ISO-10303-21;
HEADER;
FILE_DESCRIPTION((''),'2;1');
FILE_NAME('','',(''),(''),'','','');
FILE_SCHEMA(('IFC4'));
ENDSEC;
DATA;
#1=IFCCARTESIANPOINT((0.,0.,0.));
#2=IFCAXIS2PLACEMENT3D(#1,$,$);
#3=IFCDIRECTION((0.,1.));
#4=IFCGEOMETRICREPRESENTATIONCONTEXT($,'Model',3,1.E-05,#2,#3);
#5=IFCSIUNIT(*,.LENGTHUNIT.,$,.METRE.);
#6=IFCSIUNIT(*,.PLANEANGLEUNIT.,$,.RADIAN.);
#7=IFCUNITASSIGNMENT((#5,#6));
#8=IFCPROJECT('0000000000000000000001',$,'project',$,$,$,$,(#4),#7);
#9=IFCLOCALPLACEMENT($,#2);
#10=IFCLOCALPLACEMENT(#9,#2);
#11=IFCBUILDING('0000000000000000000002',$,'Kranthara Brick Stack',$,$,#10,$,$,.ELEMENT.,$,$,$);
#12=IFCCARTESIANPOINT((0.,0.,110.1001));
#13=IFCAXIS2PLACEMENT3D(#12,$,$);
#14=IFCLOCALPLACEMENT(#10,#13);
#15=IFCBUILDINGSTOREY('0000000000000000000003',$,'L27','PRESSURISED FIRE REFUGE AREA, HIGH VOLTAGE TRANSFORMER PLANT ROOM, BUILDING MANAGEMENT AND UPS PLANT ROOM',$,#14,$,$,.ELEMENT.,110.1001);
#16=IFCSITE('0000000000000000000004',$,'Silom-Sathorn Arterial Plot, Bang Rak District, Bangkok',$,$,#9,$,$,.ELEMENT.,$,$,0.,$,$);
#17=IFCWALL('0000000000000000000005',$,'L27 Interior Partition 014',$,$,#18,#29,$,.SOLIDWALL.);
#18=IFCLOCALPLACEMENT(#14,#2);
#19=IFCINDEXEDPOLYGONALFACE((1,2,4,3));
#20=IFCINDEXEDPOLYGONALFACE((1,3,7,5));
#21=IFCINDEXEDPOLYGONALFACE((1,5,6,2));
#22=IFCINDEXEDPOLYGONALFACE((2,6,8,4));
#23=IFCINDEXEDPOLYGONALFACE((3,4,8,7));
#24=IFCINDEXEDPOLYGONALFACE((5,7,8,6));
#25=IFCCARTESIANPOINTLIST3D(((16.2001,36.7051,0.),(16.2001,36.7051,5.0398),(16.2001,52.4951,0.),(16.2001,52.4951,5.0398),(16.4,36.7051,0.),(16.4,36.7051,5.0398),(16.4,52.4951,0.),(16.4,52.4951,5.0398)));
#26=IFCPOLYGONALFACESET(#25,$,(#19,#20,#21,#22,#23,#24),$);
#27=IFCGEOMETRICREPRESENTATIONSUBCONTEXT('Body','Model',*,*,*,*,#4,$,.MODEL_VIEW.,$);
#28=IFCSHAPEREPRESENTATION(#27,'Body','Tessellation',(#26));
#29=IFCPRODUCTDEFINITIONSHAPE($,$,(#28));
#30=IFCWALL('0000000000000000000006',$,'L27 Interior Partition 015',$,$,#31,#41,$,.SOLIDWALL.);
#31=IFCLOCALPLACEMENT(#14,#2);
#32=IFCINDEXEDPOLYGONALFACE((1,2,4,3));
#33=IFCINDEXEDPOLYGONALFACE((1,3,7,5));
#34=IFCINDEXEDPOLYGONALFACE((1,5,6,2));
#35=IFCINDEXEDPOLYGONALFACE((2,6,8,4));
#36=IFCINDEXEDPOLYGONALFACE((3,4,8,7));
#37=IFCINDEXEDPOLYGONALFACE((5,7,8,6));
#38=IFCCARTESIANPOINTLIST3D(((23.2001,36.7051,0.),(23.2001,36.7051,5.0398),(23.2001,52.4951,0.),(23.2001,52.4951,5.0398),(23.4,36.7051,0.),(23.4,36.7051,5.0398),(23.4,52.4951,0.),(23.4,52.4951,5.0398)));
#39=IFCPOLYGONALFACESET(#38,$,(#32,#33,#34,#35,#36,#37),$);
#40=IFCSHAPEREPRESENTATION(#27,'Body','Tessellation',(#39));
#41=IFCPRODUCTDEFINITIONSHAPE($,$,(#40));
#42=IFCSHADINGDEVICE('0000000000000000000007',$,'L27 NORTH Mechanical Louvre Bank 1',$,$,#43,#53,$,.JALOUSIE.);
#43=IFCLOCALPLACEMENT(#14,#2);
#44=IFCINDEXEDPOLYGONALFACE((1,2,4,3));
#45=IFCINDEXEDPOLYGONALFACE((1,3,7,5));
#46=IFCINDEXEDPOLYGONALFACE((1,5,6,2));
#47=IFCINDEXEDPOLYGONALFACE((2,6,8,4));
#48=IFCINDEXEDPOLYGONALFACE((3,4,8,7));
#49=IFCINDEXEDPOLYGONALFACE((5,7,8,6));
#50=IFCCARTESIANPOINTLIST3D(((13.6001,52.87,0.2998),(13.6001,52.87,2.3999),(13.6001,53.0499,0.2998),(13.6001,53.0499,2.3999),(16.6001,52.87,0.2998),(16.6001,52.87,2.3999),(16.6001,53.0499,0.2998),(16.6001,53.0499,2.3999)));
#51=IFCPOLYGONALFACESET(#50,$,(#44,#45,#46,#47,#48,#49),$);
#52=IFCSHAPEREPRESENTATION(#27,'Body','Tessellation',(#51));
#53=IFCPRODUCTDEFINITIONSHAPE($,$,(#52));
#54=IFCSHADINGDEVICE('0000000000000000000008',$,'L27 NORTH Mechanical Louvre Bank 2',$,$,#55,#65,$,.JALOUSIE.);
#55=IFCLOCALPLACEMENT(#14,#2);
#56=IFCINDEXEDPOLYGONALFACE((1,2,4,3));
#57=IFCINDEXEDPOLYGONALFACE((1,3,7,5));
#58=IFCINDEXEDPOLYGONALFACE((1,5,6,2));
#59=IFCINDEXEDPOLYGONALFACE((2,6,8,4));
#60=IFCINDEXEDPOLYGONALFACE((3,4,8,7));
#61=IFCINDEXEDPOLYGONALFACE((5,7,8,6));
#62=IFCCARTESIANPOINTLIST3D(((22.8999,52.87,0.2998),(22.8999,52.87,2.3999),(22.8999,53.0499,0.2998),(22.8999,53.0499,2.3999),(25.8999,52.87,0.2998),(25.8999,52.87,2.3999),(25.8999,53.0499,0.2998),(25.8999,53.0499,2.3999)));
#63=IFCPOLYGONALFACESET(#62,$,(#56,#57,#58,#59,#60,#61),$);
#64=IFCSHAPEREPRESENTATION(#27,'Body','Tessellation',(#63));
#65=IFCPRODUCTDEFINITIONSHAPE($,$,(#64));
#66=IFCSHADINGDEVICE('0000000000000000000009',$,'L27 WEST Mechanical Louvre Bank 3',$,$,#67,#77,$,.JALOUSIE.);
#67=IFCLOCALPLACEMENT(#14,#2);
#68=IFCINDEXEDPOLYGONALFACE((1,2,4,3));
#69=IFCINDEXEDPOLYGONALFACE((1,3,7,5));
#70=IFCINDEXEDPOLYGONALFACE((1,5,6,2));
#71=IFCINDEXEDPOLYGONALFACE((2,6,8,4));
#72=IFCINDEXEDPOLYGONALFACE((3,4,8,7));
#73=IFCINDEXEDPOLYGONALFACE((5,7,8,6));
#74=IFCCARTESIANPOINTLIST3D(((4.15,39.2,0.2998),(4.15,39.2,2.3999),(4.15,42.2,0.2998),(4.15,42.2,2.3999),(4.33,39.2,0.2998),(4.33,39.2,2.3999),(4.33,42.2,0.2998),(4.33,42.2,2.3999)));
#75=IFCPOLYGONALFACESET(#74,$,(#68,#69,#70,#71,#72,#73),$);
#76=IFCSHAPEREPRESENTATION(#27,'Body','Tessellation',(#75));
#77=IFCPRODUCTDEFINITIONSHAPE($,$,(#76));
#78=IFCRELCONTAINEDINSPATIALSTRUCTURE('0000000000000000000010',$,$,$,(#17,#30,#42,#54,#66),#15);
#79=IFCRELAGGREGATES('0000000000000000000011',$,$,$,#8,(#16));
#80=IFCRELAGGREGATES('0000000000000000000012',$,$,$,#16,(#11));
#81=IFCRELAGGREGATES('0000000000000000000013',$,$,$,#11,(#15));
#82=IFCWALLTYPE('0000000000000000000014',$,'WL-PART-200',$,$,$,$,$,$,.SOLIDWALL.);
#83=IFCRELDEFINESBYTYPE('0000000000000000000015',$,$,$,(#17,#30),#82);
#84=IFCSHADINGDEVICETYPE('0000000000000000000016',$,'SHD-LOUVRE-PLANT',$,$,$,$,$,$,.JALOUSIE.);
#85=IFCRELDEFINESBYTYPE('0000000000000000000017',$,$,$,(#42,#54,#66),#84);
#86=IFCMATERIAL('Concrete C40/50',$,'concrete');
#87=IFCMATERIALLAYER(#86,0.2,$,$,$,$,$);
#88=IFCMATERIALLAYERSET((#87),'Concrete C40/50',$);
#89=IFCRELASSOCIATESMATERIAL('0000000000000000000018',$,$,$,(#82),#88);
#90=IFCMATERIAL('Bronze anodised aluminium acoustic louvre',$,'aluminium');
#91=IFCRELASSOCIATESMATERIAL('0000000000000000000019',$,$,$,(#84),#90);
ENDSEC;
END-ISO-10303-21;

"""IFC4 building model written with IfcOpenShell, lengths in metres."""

from ifc_helpers import new_model, si_unit, direction, frame, frame_2d, origin, origin_2d, place, context, subcontext, project, spatial, rectangle, extrude, material, layer, layer_set, type_object, element, save


model = new_model("IFC4")

# Units and contexts
model_context = context("Model", 3, precision=1e-05, world=origin(), true_north=direction((0.0, 1.0)))
body_context = subcontext(model_context, "Body", "Model", "MODEL_VIEW")
ifc_project = project(units=[si_unit("LENGTHUNIT", "METRE"), si_unit("PLANEANGLEUNIT", "RADIAN")], contexts=[model_context])

# Site, building, storey
site_placement = place(None, origin())
site = spatial("IfcSite", under=ifc_project, at=site_placement, Name="Silom-Sathorn Arterial Plot, Bang Rak District, Bangkok", CompositionType="ELEMENT", RefElevation=0.0)
building_placement = place(site_placement, origin())
building = spatial("IfcBuilding", under=site, at=building_placement, Name="Kranthara Brick Stack", CompositionType="ELEMENT")
storey_placement = place(building_placement, frame((0.0, 0.0, 110.1001)))
storey = spatial("IfcBuildingStorey", under=building, at=storey_placement, Name="L27", Description="PRESSURISED FIRE REFUGE AREA, HIGH VOLTAGE TRANSFORMER PLANT ROOM, BUILDING MANAGEMENT AND UPS PLANT ROOM", CompositionType="ELEMENT", Elevation=110.1001)

# Shared definitions
ifc_material_1 = material(Name="Concrete C40/50", Category="concrete")
ifc_layer_1 = layer(ifc_material_1, 0.2)
ifc_layer_set_1 = layer_set([ifc_layer_1], Name="Concrete C40/50")
wall_type_1 = type_object("IfcWallType", Name="WL-PART-200", PredefinedType="SOLIDWALL", material=ifc_layer_set_1)

# Walls
for number, where, z_axis, x_axis, name in (
    (1, (16.3, 36.7051, 0.0), (0.0, 0.0, 1.0), (0.0, 1.0, 0.0), "L27 Interior Partition 014"),
    (2, (23.3, 36.7051, 0.0), (0.0, 0.0, 1.0), (0.0, 1.0, 0.0), "L27 Interior Partition 015"),
):
    element("IfcWall", number, at=place(storey_placement, frame(where, z_axis=z_axis, x_axis=x_axis)), inside=storey, type_object=wall_type_1, Name=name, PredefinedType="SOLIDWALL", context=body_context, shape_type="SweptSolid", body=[
        extrude(rectangle(XDim=15.79, YDim=0.2, at=frame_2d((7.895, 0.0))), origin(), (0.0, 0.0, 1.0), 5.0398),
    ])

# Shading devices
ifc_material_2 = material(Name="Bronze anodised aluminium acoustic louvre", Category="aluminium")
shading_device_type = type_object("IfcShadingDeviceType", Name="SHD-LOUVRE-PLANT", PredefinedType="JALOUSIE", material=ifc_material_2)
for number, where, z_axis, x_axis, name in (
    (3, (15.1001, 52.96, 0.2998), (0.0, 0.0, 1.0), (1.0, 0.0, 0.0), "L27 NORTH Mechanical Louvre Bank 1"),
    (4, (24.3999, 52.96, 0.2998), (0.0, 0.0, 1.0), (1.0, 0.0, 0.0), "L27 NORTH Mechanical Louvre Bank 2"),
    (5, (4.24, 40.7, 0.2998), (0.0, 0.0, 1.0), (0.0, 1.0, 0.0), "L27 WEST Mechanical Louvre Bank 3"),
):
    element("IfcShadingDevice", number, at=place(storey_placement, frame(where, z_axis=z_axis, x_axis=x_axis)), inside=storey, type_object=shading_device_type, Name=name, PredefinedType="JALOUSIE", context=body_context, shape_type="SweptSolid", body=[
        extrude(rectangle(XDim=3.0, YDim=0.1799, at=origin_2d()), origin(), (0.0, 0.0, 1.0), 2.1001),
    ])

save(model, "model.ifc")
